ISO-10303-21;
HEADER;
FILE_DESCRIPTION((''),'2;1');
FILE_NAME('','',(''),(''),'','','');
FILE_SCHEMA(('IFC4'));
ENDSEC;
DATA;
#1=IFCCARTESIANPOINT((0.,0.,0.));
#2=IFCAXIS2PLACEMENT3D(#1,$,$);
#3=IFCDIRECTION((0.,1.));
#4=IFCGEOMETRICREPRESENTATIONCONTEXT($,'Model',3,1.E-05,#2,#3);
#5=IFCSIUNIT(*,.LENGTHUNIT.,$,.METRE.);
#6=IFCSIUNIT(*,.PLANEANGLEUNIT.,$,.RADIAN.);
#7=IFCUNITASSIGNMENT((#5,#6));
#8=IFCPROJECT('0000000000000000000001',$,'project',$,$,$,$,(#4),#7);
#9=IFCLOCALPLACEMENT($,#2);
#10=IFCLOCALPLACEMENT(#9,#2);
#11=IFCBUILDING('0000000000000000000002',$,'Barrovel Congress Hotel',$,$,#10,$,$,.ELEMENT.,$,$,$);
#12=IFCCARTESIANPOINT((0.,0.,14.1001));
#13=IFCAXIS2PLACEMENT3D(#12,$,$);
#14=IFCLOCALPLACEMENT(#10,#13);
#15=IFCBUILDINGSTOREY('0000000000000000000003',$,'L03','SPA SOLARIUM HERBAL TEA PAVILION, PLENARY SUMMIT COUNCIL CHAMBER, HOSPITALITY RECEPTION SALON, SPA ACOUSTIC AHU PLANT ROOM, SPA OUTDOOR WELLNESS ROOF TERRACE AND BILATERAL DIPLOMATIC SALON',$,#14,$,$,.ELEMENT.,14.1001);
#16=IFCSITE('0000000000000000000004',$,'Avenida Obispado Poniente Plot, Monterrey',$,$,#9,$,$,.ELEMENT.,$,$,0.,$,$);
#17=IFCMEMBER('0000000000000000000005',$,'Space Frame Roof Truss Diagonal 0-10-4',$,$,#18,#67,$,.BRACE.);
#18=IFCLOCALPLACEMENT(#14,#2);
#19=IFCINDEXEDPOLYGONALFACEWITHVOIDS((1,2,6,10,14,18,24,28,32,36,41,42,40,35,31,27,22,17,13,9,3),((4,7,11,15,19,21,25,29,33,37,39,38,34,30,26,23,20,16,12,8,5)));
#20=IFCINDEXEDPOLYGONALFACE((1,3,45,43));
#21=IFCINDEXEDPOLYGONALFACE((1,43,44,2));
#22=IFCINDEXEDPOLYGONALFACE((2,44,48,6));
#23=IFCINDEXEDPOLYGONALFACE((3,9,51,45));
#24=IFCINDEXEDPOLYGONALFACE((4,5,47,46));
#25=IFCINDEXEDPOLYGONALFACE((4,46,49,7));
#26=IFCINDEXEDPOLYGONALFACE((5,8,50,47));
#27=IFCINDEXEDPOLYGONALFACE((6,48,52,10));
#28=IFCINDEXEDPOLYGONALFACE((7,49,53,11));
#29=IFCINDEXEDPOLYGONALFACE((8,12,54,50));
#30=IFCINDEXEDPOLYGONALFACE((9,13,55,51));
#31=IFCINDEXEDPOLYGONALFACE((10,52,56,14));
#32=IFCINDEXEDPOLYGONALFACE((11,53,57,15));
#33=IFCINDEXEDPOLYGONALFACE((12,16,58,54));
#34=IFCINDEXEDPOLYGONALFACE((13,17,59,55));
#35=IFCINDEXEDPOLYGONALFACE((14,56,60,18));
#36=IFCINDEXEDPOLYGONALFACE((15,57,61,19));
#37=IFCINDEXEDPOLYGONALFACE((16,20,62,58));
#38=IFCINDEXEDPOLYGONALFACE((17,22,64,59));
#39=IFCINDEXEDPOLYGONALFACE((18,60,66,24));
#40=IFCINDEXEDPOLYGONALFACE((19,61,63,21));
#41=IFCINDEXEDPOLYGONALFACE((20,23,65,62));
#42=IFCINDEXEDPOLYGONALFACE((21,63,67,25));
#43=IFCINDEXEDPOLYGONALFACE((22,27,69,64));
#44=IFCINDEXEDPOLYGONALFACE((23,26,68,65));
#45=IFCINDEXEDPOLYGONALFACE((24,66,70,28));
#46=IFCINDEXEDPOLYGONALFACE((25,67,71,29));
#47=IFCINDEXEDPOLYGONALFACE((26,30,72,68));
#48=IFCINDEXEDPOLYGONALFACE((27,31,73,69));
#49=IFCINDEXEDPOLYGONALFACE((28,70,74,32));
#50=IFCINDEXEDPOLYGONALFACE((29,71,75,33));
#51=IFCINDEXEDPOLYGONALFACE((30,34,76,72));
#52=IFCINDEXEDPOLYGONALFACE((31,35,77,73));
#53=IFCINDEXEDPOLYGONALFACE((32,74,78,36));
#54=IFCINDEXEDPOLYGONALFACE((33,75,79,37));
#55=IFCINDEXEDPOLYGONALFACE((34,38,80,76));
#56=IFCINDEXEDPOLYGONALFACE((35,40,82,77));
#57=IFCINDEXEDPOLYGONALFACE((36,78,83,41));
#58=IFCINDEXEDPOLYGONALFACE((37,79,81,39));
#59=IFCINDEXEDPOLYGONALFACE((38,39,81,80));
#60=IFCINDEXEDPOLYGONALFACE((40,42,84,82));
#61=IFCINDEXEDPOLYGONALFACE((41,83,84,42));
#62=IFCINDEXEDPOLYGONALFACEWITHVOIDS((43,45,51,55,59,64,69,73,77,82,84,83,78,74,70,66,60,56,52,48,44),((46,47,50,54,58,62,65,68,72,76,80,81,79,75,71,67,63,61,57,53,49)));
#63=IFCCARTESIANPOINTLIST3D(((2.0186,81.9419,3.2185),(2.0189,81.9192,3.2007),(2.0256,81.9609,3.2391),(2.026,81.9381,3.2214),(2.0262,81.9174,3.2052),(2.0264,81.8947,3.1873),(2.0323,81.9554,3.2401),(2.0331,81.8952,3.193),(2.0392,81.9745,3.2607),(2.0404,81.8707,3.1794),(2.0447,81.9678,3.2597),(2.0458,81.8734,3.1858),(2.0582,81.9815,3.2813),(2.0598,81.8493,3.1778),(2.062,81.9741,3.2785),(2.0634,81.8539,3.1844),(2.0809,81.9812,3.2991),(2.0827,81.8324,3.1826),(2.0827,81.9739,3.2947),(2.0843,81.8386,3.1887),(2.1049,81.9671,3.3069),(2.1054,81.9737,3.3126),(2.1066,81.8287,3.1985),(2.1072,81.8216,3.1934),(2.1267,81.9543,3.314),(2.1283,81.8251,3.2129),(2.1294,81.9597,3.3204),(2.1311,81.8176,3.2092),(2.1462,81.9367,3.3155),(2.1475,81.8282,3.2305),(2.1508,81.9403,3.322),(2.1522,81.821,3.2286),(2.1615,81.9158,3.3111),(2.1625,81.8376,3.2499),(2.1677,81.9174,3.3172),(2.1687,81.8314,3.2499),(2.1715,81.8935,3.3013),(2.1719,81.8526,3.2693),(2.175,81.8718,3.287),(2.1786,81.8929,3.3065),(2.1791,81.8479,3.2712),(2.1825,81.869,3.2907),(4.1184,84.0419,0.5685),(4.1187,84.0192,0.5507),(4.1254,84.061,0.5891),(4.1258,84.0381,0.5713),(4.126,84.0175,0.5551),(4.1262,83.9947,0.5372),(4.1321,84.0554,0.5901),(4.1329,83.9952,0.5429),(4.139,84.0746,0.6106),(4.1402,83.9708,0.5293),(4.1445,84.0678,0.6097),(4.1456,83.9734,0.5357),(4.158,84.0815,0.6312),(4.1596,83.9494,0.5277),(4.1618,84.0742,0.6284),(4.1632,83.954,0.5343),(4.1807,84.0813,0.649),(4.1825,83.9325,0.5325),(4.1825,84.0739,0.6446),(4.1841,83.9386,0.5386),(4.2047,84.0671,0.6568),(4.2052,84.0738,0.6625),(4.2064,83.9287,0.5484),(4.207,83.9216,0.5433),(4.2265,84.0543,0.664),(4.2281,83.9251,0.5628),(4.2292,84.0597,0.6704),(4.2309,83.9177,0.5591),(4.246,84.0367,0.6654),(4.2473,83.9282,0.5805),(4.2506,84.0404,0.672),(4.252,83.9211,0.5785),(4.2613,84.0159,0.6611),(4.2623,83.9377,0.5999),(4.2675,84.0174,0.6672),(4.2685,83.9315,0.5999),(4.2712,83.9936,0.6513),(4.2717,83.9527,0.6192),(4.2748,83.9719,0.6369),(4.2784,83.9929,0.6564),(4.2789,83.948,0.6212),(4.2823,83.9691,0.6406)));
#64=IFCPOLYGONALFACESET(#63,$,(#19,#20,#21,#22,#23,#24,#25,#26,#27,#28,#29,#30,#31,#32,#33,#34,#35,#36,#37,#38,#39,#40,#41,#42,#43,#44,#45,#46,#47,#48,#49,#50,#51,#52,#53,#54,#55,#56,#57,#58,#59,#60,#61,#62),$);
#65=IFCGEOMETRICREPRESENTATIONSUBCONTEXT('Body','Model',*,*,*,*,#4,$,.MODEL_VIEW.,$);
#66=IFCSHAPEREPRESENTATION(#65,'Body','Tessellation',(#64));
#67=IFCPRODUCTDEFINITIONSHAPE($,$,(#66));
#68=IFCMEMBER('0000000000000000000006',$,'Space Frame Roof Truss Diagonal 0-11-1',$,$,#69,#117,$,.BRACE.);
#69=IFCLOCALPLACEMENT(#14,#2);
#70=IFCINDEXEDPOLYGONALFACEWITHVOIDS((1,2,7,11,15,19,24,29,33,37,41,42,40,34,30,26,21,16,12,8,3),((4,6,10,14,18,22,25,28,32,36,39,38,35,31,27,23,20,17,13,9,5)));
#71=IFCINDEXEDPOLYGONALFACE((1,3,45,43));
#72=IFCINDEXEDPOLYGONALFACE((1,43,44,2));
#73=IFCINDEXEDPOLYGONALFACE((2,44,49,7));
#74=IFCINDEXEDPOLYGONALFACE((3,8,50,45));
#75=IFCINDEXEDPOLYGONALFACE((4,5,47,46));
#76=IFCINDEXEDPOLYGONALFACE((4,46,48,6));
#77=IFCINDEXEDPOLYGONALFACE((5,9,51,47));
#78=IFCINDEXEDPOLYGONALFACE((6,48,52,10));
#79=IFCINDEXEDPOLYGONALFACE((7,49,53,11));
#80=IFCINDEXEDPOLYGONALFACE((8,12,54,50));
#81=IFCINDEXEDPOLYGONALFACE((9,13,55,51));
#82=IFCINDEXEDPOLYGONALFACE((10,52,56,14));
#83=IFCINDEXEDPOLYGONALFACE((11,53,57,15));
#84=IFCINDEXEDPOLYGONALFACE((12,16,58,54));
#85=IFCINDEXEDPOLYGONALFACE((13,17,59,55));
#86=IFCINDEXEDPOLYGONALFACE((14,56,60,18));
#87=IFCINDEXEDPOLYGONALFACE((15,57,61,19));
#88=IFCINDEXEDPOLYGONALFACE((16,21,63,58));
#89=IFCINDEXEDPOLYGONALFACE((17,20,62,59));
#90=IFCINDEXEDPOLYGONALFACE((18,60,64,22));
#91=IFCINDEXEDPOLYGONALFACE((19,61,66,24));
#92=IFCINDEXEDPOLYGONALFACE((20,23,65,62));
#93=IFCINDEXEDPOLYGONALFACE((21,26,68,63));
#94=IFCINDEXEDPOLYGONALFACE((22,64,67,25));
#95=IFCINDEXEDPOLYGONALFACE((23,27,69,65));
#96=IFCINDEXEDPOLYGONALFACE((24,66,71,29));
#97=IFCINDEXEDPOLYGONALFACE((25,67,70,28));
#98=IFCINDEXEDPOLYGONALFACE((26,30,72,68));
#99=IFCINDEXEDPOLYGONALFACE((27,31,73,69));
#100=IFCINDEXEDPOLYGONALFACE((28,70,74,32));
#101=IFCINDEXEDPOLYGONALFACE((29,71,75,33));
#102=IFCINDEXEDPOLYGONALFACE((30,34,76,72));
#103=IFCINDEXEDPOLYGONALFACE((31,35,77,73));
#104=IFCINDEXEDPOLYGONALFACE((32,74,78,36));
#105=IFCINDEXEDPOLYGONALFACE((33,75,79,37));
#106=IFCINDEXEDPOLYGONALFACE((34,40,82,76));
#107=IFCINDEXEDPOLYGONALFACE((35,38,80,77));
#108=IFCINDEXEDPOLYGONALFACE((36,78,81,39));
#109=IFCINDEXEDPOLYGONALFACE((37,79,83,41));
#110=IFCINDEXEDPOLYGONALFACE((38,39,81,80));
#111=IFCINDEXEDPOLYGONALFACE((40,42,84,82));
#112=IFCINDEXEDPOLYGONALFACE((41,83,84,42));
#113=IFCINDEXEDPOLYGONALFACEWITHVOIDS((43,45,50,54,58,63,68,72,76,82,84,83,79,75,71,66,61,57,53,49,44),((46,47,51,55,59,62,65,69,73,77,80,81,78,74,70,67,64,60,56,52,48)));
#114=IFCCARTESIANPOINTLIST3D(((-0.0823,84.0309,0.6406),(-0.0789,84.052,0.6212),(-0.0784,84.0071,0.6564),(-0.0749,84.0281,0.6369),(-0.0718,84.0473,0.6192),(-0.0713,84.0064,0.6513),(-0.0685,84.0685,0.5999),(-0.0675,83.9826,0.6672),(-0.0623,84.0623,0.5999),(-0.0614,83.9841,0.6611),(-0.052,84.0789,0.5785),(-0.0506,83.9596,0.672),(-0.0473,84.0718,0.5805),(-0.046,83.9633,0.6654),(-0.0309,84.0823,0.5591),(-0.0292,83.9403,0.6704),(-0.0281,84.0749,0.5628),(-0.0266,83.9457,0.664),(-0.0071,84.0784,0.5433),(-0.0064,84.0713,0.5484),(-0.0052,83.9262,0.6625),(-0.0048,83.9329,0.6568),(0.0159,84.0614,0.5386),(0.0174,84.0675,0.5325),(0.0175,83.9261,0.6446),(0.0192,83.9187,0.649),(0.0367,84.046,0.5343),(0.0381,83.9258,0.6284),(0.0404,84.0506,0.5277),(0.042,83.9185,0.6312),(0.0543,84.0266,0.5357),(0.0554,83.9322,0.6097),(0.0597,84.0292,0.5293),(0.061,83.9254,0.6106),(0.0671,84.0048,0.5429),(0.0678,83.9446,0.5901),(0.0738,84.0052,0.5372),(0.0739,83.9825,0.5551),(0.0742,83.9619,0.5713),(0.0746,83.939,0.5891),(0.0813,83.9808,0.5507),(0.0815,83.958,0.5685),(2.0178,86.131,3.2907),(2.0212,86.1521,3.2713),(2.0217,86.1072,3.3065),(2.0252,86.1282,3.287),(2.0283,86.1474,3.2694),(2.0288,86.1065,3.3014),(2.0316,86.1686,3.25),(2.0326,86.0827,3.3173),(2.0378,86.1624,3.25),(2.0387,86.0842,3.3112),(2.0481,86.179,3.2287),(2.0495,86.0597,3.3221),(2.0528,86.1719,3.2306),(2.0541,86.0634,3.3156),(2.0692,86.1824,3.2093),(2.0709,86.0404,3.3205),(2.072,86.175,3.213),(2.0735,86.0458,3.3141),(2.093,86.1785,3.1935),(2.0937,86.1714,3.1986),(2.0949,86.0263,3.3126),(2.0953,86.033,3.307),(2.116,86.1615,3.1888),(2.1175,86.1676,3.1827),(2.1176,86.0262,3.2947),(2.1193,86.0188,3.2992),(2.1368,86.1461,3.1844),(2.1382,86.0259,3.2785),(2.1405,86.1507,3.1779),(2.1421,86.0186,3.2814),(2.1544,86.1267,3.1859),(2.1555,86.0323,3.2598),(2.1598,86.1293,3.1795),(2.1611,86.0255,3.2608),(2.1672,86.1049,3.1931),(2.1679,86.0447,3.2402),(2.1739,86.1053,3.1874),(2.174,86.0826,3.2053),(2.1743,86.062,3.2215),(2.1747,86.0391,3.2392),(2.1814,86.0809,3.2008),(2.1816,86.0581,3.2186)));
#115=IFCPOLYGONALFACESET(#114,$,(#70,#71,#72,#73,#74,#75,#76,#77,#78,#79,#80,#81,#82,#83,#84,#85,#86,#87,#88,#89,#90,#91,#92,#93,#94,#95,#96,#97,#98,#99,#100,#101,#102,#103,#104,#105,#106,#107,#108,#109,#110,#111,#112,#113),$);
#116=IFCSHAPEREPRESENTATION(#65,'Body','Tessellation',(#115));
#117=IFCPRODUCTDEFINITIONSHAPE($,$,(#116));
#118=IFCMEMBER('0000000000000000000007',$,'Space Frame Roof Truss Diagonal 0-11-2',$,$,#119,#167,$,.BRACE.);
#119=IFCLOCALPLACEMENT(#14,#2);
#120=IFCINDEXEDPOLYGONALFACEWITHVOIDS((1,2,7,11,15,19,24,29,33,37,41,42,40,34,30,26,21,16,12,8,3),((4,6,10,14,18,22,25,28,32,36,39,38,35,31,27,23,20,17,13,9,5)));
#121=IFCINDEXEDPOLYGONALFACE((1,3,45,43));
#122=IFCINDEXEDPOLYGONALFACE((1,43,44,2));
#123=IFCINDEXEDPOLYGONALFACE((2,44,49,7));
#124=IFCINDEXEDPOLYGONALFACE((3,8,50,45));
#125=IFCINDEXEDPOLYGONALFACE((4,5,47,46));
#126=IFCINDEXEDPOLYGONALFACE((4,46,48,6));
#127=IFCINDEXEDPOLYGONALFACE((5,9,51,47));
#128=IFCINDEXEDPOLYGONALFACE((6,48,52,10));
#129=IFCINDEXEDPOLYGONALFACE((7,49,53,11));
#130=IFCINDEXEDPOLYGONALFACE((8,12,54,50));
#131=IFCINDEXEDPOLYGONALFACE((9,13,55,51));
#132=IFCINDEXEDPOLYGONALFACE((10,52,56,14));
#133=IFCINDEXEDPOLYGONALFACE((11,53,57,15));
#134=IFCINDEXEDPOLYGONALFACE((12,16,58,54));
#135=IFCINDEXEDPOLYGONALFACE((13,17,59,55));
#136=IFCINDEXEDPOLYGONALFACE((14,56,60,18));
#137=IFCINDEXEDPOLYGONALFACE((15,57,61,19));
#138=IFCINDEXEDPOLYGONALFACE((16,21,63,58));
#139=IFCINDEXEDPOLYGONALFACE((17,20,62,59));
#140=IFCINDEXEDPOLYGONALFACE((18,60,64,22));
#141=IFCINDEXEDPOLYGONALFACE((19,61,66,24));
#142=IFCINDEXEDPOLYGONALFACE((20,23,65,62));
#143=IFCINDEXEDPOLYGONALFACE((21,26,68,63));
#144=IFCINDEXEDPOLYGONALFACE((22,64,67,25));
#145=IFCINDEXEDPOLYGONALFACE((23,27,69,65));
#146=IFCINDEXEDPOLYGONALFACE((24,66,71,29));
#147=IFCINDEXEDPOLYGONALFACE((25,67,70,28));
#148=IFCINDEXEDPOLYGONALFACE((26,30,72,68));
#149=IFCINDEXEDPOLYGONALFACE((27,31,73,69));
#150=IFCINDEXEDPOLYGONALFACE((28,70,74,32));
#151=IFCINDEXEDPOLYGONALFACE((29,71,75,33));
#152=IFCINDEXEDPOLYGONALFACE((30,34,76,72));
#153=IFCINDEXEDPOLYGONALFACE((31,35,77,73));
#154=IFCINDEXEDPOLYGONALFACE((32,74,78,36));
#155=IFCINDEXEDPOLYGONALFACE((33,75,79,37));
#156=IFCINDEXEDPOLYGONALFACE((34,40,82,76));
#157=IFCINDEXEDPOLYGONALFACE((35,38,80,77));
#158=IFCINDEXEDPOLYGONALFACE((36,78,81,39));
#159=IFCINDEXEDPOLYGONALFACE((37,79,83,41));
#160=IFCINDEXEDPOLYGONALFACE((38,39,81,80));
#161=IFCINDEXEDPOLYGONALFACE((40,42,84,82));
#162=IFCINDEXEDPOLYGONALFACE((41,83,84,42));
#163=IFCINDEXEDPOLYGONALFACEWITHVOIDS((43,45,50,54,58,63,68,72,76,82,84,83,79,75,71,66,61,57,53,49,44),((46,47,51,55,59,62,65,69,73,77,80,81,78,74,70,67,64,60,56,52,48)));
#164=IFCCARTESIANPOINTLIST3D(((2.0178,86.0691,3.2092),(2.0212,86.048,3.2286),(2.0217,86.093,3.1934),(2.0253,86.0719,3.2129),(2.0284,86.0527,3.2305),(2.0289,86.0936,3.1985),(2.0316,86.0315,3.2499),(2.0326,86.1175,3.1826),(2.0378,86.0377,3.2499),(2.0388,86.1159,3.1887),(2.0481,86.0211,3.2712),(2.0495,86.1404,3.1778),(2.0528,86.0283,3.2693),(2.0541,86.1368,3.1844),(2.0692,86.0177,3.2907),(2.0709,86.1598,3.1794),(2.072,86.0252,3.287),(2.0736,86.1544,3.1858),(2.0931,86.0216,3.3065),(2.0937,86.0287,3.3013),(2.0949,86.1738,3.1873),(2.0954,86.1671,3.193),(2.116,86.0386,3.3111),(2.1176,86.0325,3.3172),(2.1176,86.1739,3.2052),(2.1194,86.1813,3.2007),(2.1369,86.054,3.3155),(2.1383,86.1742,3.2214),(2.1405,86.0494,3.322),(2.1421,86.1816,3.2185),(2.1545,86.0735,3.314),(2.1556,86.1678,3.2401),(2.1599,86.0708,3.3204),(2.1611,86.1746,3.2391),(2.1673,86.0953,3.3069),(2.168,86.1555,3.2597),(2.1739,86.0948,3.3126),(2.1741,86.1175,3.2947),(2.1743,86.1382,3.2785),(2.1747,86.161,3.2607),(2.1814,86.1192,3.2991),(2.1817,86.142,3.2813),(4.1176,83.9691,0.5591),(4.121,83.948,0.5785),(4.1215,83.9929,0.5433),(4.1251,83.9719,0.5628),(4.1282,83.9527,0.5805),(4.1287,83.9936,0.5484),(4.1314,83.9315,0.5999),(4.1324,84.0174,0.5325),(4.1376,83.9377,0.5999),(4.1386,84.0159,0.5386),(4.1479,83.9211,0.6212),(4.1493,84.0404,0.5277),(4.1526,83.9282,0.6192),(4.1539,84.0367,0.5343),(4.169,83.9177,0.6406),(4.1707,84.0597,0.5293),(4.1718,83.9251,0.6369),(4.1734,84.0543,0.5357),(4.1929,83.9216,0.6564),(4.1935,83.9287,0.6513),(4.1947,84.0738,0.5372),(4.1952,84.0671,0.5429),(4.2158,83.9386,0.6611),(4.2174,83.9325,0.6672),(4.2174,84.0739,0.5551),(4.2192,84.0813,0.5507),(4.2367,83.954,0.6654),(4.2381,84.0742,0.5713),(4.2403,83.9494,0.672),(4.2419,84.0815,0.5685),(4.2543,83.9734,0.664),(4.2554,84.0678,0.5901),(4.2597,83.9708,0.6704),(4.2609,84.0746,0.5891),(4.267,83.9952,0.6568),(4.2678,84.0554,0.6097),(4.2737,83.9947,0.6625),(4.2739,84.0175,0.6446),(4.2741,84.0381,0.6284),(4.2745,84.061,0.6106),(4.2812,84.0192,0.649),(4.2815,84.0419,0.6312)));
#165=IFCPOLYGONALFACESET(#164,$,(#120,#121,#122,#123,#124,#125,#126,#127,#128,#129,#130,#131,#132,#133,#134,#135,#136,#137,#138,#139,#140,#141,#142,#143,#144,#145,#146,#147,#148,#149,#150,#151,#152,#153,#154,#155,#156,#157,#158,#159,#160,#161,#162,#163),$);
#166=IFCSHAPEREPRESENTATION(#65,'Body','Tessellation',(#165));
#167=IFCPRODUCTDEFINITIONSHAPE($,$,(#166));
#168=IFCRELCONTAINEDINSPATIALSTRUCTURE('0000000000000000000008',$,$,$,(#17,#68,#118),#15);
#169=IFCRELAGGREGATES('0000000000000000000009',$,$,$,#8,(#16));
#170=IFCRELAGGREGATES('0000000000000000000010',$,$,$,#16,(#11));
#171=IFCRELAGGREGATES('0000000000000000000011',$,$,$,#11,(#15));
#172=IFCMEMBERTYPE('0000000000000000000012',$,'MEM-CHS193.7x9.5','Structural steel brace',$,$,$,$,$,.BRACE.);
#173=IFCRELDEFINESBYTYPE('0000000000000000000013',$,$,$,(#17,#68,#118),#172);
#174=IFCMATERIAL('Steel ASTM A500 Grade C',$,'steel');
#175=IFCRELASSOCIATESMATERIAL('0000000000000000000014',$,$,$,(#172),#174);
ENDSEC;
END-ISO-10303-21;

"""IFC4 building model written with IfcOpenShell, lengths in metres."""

from ifc_helpers import new_model, si_unit, direction, frame, origin, origin_2d, place, context, subcontext, project, spatial, hollow_circle, extrude, material, material_profile, profile_set, type_object, element, save


model = new_model("IFC4")

# Units and contexts
model_context = context("Model", 3, precision=1e-05, world=origin(), true_north=direction((0.0, 1.0)))
body_context = subcontext(model_context, "Body", "Model", "MODEL_VIEW")
ifc_project = project(units=[si_unit("LENGTHUNIT", "METRE"), si_unit("PLANEANGLEUNIT", "RADIAN")], contexts=[model_context])

# Site, building, storey
site_placement = place(None, origin())
site = spatial("IfcSite", under=ifc_project, at=site_placement, Name="Avenida Obispado Poniente Plot, Monterrey", CompositionType="ELEMENT", RefElevation=0.0)
building_placement = place(site_placement, origin())
building = spatial("IfcBuilding", under=site, at=building_placement, Name="Barrovel Congress Hotel", CompositionType="ELEMENT")
storey_placement = place(building_placement, frame((0.0, 0.0, 14.1001)))
storey = spatial("IfcBuildingStorey", under=building, at=storey_placement, Name="L03", Description="SPA SOLARIUM HERBAL TEA PAVILION, PLENARY SUMMIT COUNCIL CHAMBER, HOSPITALITY RECEPTION SALON, SPA ACOUSTIC AHU PLANT ROOM, SPA OUTDOOR WELLNESS ROOF TERRACE AND BILATERAL DIPLOMATIC SALON", CompositionType="ELEMENT", Elevation=14.1001)

# Members
ifc_material_1 = material(Name="Steel ASTM A500 Grade C", Category="steel")
ifc_material_profile_1 = material_profile(ifc_material_1, hollow_circle(Radius=0.0969, WallThickness=0.0088, at=origin_2d()), Name="CHS193.7x9.5")
ifc_profile_set_1 = profile_set([ifc_material_profile_1], Name="Steel ASTM A500 Grade C")
member_type_1 = type_object("IfcMemberType", Name="MEM-CHS193.7x9.5", Description="Structural steel brace", PredefinedType="BRACE", material=ifc_profile_set_1)
member_1_placement = place(storey_placement, frame((4.2, 84.0, 0.5999), z_axis=(-0.527557, -0.527618, 0.66581), x_axis=(0.707148, -0.707066, 0.0)))
element("IfcMember", 1, at=member_1_placement, inside=storey, type_object=member_type_1, Name="Space Frame Roof Truss Diagonal 0-10-4", PredefinedType="BRACE", context=body_context, shape_type="SweptSolid", body=[
    extrude(hollow_circle(Radius=0.0969, WallThickness=0.0088, at=origin_2d()), origin(), (0.0, 0.0, 1.0), 3.9802),
])
member_2_placement = place(storey_placement, frame((0.0, 84.0, 0.5999), z_axis=(0.527601, 0.527601, 0.665788), x_axis=(-0.707107, 0.707107, 0.0)))
element("IfcMember", 2, at=member_2_placement, inside=storey, type_object=member_type_1, Name="Space Frame Roof Truss Diagonal 0-11-1", PredefinedType="BRACE", context=body_context, shape_type="SweptSolid", body=[
    extrude(hollow_circle(Radius=0.0969, WallThickness=0.0088, at=origin_2d()), origin(), (0.0, 0.0, 1.0), 3.9805),
])
for number, where, z_axis, x_axis, name in (
    (3, (4.2, 84.0, 0.5999), (-0.527557, 0.527618, 0.66581), (-0.707148, -0.707066, 0.0), "Space Frame Roof Truss Diagonal 0-11-2"),
):
    element("IfcMember", number, at=place(storey_placement, frame(where, z_axis=z_axis, x_axis=x_axis)), inside=storey, type_object=member_type_1, Name=name, PredefinedType="BRACE", context=body_context, shape_type="SweptSolid", body=[
        extrude(hollow_circle(Radius=0.0969, WallThickness=0.0088, at=origin_2d()), origin(), (0.0, 0.0, 1.0), 3.9802),
    ])

save(model, "model.ifc")
